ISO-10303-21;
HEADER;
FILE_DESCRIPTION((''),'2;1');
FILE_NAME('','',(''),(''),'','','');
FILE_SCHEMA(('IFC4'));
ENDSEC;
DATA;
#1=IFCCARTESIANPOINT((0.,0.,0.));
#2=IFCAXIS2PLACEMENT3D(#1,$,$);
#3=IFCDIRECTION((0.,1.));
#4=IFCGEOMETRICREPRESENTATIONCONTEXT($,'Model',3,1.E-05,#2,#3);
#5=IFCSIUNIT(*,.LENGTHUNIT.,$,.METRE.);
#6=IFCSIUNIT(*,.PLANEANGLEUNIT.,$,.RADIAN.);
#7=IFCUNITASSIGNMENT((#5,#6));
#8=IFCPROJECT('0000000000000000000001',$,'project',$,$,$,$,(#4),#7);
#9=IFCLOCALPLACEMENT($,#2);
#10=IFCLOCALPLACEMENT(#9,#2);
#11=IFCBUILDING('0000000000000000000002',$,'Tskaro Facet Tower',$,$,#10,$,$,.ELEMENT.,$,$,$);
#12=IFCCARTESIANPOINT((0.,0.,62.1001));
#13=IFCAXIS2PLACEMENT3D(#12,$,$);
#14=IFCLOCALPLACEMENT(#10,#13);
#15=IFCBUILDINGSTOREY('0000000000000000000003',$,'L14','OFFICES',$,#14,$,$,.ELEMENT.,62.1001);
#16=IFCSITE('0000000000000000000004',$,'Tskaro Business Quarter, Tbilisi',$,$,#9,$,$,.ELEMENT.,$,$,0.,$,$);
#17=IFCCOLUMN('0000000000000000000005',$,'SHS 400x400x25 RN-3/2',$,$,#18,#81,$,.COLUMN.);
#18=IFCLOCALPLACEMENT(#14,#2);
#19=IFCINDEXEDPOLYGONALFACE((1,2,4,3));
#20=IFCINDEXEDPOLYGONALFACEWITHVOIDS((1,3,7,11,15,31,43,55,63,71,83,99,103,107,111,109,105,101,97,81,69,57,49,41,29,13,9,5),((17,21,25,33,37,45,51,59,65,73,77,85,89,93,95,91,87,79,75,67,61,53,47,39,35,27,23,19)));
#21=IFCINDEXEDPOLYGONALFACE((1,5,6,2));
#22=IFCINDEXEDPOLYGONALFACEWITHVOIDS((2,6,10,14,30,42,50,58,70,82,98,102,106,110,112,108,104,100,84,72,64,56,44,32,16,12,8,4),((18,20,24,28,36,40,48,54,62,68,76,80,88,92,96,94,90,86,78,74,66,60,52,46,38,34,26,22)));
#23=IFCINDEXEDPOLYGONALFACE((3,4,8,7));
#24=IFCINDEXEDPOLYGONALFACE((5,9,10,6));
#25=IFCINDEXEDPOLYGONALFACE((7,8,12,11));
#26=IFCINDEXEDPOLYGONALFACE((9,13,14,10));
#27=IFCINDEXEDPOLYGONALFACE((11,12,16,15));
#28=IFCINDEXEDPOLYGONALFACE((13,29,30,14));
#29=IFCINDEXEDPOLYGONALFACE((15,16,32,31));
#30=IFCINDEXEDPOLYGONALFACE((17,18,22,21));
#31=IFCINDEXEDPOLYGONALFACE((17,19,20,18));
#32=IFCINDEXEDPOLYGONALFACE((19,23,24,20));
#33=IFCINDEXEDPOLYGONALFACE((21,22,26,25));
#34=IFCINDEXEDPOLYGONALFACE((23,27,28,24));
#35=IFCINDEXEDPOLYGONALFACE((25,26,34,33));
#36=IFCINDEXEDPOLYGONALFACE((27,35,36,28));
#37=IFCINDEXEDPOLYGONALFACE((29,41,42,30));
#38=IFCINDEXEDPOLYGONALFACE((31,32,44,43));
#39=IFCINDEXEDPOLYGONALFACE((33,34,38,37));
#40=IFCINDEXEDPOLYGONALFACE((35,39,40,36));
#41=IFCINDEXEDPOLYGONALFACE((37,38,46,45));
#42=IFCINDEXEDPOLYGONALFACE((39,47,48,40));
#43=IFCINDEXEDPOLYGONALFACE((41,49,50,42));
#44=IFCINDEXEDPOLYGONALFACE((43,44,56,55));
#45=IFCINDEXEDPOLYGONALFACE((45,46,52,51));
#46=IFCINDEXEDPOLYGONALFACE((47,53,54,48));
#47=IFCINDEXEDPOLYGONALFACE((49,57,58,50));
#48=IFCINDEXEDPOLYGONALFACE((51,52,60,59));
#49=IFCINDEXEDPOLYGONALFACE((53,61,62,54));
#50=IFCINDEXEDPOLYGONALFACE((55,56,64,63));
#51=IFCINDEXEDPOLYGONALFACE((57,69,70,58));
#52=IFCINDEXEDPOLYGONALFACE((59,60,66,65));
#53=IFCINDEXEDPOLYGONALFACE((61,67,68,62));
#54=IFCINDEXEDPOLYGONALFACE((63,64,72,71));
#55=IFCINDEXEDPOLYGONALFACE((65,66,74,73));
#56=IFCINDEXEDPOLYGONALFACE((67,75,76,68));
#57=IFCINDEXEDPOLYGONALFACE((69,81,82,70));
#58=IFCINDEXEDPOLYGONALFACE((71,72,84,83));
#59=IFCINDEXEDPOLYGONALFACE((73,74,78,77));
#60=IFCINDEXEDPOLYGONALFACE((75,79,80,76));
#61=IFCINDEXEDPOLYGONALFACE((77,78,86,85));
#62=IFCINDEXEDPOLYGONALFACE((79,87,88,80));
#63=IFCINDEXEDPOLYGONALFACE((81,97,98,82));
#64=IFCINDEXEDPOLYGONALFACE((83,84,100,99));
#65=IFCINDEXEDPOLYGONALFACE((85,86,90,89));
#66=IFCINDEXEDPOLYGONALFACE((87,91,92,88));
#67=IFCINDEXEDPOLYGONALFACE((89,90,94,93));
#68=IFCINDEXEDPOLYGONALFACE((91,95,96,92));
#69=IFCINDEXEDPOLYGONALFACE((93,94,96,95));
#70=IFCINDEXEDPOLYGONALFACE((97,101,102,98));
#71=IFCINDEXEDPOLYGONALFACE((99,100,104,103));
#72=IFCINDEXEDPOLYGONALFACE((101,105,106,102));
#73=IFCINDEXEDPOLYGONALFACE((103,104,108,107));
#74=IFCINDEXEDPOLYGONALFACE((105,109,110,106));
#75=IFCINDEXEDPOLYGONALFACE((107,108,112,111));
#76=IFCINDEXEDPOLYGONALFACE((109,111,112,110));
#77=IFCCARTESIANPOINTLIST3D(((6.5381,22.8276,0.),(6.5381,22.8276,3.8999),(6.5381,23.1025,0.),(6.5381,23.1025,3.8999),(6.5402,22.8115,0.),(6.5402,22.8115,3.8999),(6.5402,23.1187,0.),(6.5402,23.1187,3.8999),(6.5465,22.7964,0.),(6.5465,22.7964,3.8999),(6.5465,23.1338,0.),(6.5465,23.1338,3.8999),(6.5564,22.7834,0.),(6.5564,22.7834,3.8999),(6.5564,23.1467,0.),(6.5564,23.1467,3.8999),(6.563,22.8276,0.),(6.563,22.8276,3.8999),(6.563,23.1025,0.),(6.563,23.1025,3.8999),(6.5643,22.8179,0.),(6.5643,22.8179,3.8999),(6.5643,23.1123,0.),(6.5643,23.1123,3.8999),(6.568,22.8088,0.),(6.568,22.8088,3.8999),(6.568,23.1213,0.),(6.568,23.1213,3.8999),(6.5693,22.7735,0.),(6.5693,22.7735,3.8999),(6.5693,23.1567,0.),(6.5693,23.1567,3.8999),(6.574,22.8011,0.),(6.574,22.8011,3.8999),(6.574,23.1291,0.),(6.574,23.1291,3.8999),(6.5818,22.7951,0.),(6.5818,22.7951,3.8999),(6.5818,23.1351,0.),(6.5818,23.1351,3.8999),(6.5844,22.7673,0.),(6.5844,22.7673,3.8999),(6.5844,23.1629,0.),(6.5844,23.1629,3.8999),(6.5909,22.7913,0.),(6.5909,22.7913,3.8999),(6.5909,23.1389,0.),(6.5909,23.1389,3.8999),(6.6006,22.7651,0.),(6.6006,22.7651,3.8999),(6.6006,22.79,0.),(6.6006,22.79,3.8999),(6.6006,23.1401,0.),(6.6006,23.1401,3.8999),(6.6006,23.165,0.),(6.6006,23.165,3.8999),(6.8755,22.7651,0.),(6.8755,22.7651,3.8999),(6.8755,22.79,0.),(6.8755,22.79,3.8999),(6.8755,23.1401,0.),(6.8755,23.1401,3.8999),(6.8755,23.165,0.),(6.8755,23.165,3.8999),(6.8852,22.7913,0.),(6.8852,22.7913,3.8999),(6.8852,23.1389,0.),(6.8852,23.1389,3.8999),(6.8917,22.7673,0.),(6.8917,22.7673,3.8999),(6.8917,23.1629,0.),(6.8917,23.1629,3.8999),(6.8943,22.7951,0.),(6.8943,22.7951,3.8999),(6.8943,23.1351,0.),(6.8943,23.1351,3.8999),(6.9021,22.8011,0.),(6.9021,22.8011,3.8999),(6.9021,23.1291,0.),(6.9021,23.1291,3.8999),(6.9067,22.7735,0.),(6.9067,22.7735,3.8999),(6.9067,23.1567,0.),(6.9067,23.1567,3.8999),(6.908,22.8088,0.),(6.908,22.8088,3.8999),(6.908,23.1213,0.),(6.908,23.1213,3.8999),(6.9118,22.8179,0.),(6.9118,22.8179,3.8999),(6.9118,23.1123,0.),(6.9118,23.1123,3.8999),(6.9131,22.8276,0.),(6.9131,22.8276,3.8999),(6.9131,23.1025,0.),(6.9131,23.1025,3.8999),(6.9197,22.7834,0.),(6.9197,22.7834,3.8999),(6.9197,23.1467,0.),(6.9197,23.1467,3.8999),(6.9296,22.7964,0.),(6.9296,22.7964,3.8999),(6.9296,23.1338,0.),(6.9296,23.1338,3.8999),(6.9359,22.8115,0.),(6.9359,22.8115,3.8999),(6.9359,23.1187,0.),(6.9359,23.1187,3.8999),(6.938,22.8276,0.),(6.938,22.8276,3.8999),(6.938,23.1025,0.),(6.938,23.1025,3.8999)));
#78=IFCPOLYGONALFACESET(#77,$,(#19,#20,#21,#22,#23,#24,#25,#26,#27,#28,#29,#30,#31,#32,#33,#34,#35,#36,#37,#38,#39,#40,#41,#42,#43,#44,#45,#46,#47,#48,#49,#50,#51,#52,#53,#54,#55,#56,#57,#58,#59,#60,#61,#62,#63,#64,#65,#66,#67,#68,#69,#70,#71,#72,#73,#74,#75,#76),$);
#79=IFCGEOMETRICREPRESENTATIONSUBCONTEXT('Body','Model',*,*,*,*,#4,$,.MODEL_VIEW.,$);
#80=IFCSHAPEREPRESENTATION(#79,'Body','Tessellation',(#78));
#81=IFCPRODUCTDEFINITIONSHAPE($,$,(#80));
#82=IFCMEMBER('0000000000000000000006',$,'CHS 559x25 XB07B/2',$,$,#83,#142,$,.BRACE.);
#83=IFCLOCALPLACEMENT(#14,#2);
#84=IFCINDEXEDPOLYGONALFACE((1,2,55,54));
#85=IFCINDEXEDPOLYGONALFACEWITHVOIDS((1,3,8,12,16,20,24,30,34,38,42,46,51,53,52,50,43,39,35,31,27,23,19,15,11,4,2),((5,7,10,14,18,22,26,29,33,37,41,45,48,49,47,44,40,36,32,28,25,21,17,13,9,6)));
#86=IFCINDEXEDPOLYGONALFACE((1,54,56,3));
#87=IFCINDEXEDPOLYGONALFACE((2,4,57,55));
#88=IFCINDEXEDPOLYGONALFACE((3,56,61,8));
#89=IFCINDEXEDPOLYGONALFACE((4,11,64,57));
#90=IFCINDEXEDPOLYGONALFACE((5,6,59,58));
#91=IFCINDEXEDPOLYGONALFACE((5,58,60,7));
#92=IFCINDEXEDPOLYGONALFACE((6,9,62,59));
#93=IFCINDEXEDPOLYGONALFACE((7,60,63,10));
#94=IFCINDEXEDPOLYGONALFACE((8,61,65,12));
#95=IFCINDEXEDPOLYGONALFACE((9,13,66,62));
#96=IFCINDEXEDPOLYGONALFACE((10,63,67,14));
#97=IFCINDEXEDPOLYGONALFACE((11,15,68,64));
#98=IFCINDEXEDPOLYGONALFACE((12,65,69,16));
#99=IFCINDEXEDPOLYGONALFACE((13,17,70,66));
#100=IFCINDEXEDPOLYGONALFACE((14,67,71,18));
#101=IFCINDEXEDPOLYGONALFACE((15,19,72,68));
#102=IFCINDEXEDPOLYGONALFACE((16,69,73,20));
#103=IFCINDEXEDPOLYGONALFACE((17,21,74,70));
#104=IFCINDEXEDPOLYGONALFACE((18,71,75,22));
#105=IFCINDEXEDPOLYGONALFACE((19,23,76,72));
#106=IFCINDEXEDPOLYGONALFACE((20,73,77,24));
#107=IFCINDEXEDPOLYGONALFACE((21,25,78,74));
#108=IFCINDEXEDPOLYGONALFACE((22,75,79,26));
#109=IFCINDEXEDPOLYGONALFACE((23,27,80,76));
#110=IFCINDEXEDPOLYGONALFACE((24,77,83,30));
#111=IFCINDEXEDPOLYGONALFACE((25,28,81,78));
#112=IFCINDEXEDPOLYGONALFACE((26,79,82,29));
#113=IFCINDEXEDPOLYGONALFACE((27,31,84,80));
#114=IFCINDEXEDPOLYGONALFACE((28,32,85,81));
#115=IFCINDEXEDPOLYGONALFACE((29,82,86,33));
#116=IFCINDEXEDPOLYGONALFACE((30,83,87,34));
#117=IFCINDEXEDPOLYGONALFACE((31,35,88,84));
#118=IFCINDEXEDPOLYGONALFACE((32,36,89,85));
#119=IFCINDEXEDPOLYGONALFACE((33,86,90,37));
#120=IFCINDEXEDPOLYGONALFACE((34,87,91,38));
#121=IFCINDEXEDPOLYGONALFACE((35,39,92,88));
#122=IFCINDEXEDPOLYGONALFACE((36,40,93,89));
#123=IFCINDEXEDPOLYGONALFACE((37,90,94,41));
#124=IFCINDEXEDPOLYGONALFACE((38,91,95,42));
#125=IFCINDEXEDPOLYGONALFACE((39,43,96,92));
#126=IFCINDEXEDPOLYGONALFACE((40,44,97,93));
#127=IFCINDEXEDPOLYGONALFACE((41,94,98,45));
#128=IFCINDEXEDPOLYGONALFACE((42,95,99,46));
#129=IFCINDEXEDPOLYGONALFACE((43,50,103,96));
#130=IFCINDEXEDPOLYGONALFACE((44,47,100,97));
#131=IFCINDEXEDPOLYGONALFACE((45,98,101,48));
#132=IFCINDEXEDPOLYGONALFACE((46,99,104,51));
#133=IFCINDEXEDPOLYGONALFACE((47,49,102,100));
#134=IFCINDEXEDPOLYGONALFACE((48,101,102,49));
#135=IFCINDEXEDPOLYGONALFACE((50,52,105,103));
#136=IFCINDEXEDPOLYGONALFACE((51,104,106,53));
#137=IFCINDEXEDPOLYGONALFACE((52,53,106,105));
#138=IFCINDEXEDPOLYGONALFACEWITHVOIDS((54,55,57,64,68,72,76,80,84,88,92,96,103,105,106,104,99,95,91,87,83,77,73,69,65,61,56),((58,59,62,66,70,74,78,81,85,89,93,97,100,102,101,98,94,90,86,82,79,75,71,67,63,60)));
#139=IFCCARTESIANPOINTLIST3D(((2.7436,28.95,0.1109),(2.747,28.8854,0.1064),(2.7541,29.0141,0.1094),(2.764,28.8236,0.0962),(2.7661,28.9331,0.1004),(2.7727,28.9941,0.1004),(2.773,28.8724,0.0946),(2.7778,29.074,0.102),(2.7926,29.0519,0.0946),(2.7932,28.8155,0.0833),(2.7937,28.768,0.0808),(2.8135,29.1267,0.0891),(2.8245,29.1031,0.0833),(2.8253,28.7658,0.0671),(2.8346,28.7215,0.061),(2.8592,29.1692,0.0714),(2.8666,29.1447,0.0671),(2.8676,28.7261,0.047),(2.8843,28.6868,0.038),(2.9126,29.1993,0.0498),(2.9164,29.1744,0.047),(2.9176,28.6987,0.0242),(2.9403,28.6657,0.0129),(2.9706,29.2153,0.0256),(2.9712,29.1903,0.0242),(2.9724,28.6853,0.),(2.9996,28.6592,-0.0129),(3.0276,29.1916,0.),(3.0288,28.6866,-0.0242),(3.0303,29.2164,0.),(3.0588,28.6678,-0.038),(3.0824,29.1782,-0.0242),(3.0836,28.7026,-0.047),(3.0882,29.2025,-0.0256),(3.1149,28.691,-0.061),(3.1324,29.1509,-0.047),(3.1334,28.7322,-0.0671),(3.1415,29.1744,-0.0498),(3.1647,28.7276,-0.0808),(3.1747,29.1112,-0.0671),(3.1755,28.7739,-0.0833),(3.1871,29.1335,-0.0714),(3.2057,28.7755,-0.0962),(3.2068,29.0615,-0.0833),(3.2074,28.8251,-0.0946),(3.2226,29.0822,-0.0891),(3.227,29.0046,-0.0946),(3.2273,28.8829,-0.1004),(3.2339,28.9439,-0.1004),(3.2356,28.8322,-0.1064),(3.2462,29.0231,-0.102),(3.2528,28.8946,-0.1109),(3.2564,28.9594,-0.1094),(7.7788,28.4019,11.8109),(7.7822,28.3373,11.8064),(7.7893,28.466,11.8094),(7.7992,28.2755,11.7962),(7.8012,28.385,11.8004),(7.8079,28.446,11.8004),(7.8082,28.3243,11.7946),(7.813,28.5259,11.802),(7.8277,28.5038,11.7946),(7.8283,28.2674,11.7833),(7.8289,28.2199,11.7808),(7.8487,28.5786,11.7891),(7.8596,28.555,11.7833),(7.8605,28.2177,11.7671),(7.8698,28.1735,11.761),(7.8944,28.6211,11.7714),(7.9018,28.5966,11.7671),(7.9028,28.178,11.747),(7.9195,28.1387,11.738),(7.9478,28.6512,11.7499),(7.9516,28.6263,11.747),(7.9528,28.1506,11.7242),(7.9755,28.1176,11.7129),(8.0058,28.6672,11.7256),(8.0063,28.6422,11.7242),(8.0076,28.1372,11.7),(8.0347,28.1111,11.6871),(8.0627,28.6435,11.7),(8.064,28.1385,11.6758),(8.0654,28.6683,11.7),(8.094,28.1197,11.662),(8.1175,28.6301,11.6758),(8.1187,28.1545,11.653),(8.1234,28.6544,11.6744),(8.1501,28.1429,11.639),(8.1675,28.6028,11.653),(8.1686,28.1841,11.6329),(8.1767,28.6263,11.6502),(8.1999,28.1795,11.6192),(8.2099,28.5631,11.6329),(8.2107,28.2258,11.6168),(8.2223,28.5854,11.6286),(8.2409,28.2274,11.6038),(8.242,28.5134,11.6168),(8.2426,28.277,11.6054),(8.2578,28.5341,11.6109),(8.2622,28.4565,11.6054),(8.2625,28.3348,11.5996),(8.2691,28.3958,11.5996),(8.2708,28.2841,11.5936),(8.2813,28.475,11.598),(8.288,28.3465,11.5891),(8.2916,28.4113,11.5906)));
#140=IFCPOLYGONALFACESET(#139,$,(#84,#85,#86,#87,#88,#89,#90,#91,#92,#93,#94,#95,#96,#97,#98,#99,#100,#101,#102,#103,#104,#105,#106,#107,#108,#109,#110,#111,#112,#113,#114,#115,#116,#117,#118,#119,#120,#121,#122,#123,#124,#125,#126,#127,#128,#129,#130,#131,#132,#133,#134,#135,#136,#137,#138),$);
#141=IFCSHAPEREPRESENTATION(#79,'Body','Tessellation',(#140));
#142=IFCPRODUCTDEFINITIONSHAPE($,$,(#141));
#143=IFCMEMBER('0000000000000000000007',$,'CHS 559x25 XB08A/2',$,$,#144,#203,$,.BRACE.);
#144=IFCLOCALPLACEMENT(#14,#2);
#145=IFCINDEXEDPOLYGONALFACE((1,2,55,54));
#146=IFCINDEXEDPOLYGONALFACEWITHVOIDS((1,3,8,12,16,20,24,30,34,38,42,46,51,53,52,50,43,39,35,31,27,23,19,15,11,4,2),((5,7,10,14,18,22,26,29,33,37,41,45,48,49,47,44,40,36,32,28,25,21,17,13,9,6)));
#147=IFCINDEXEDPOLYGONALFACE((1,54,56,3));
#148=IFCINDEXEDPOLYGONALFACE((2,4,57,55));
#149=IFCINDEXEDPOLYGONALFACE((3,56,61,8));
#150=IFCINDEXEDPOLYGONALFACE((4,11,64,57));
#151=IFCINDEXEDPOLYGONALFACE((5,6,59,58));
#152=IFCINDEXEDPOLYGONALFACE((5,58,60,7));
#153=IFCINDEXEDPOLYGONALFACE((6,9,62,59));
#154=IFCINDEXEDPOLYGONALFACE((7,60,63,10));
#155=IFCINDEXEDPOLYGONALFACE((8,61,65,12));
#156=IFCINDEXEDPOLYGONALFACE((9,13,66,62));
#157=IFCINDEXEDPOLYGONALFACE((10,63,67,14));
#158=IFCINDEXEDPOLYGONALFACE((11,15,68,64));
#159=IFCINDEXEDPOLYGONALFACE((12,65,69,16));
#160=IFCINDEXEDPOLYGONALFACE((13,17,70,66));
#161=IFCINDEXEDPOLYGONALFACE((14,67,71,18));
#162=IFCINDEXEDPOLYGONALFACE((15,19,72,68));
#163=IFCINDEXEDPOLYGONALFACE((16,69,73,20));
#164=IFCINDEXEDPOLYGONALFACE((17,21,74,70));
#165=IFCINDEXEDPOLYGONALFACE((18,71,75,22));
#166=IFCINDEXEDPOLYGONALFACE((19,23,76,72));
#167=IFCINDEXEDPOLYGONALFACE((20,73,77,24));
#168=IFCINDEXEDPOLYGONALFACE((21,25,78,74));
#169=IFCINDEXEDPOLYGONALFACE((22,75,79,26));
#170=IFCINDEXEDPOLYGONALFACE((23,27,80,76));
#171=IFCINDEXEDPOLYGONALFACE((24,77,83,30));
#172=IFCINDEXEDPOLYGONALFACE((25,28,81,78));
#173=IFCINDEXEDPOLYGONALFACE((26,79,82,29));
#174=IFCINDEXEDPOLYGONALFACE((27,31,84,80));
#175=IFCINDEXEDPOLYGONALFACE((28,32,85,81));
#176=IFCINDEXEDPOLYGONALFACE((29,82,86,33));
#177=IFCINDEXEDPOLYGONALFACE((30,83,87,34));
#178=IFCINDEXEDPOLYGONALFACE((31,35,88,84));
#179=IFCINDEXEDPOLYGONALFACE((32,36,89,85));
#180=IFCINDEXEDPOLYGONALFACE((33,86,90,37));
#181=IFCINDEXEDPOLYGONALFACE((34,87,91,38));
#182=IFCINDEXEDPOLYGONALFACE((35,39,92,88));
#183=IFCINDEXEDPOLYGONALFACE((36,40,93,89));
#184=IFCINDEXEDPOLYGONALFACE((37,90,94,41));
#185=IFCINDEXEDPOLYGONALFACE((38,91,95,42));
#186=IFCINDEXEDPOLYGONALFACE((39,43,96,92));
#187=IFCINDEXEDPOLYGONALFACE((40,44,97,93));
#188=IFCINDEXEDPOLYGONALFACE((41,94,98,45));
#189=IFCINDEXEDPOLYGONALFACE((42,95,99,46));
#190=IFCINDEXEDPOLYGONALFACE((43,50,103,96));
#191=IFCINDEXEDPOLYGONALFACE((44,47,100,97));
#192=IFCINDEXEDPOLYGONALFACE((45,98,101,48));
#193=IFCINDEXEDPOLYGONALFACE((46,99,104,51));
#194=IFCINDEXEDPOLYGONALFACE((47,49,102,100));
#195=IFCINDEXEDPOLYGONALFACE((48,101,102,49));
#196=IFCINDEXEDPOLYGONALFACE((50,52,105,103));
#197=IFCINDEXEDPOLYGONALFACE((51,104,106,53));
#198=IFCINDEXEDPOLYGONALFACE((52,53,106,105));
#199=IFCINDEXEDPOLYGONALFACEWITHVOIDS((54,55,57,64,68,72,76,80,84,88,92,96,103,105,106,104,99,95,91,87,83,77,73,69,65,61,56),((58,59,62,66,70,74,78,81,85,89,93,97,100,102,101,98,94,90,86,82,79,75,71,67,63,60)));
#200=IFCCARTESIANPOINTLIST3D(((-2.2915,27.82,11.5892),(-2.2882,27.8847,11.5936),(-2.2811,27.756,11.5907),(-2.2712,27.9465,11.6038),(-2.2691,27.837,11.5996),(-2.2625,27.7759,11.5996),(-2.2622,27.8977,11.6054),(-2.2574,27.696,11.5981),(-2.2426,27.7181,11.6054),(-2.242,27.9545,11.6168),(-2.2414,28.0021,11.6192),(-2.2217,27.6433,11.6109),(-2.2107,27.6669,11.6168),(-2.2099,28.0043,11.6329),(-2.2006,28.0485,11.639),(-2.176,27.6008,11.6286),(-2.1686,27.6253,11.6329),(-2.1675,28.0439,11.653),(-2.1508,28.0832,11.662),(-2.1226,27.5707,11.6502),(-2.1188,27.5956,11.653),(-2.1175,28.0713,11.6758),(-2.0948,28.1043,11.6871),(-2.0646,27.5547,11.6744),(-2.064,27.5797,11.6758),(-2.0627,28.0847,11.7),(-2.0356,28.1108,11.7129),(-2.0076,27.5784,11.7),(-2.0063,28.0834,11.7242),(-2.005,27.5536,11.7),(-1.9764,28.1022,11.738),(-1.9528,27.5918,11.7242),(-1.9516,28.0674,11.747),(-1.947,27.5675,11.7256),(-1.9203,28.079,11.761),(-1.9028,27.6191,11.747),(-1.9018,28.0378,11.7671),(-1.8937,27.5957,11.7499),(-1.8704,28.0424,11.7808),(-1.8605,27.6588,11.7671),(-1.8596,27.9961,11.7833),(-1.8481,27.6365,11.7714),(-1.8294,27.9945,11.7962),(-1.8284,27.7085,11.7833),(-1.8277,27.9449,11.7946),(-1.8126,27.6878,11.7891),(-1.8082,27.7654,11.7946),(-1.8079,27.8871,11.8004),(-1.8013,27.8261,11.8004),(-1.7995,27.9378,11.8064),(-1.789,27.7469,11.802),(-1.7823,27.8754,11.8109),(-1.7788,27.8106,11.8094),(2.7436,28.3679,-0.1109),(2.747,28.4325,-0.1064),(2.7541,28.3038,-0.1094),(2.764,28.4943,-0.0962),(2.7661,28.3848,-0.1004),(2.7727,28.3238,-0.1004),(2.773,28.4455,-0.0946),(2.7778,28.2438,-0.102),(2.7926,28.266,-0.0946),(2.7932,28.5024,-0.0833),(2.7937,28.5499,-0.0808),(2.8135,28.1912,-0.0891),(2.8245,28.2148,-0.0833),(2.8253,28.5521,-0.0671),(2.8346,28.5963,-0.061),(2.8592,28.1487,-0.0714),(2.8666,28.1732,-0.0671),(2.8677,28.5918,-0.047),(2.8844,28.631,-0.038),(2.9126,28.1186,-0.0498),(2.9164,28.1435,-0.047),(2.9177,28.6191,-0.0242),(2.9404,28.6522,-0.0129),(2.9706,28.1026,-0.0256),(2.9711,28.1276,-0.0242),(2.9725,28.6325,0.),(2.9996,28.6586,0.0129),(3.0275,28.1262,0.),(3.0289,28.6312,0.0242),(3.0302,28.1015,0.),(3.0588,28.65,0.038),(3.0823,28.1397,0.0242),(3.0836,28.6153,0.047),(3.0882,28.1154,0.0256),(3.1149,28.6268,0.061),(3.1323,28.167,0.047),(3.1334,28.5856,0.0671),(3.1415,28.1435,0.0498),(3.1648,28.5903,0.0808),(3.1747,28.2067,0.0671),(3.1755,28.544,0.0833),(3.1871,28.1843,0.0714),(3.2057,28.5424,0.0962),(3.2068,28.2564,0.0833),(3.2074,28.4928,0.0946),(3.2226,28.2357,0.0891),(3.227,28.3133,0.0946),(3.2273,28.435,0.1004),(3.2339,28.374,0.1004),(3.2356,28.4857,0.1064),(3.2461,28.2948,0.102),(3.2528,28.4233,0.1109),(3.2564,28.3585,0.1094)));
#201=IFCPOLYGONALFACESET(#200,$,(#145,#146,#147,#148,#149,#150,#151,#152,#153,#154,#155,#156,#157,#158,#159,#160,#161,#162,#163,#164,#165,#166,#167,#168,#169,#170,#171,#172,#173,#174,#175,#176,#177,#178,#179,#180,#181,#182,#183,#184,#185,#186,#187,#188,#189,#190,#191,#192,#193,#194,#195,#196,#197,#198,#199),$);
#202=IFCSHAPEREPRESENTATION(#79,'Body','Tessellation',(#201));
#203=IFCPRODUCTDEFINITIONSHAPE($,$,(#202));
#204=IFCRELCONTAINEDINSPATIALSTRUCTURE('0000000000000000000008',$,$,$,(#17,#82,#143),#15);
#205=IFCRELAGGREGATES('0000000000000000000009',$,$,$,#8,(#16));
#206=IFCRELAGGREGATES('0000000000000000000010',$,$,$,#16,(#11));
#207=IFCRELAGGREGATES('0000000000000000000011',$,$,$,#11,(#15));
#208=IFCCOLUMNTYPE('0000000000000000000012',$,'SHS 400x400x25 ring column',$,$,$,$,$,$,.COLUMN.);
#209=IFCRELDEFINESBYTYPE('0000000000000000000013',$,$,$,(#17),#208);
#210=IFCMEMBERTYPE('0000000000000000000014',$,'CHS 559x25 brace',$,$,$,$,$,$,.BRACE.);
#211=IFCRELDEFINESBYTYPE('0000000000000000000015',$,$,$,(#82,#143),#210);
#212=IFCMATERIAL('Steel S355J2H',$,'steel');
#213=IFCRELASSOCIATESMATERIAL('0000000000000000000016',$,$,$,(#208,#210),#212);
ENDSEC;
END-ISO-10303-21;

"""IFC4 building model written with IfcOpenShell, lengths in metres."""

from ifc_helpers import new_model, si_unit, direction, frame, origin, origin_2d, place, context, subcontext, project, spatial, hollow_rectangle, hollow_circle, extrude, material, material_profile, profile_set, type_object, element, save


model = new_model("IFC4")

# Units and contexts
model_context = context("Model", 3, precision=1e-05, world=origin(), true_north=direction((0.0, 1.0)))
body_context = subcontext(model_context, "Body", "Model", "MODEL_VIEW")
ifc_project = project(units=[si_unit("LENGTHUNIT", "METRE"), si_unit("PLANEANGLEUNIT", "RADIAN")], contexts=[model_context])

# Site, building, storey
site_placement = place(None, origin())
site = spatial("IfcSite", under=ifc_project, at=site_placement, Name="Tskaro Business Quarter, Tbilisi", CompositionType="ELEMENT", RefElevation=0.0)
building_placement = place(site_placement, origin())
building = spatial("IfcBuilding", under=site, at=building_placement, Name="Tskaro Facet Tower", CompositionType="ELEMENT")
storey_placement = place(building_placement, frame((0.0, 0.0, 62.1001)))
storey = spatial("IfcBuildingStorey", under=building, at=storey_placement, Name="L14", Description="OFFICES", CompositionType="ELEMENT", Elevation=62.1001)

# Column
ifc_material_1 = material(Name="Steel S355J2H", Category="steel")
ifc_material_profile_1 = material_profile(ifc_material_1, hollow_rectangle(XDim=0.3999, YDim=0.3999, WallThickness=0.0249, InnerFilletRadius=0.0376, OuterFilletRadius=0.0625, at=origin_2d()), Name="SHS 400x400x25")
ifc_profile_set_1 = profile_set([ifc_material_profile_1], Name="Steel S355J2H")
column_type_1 = type_object("IfcColumnType", Name="SHS 400x400x25 ring column", PredefinedType="COLUMN", material=ifc_profile_set_1)
for number, where, z_axis, x_axis, name in (
    (1, (6.738, 22.9651, 0.0), (0.0, 0.0, 1.0), (1.0, 0.0, 0.0), "SHS 400x400x25 RN-3/2"),
):
    element("IfcColumn", number, at=place(storey_placement, frame(where, z_axis=z_axis, x_axis=x_axis)), inside=storey, type_object=column_type_1, Name=name, PredefinedType="COLUMN", context=body_context, shape_type="SweptSolid", body=[
        extrude(hollow_rectangle(XDim=0.3999, YDim=0.3999, WallThickness=0.0249, InnerFilletRadius=0.0376, OuterFilletRadius=0.0625, at=origin_2d()), origin(), (0.0, 0.0, 1.0), 3.8999),
    ])

# Members
ifc_material_profile_2 = material_profile(ifc_material_1, hollow_circle(Radius=0.2795, WallThickness=0.0249, at=origin_2d()), Name="CHS 559x25")
ifc_profile_set_2 = profile_set([ifc_material_profile_2], Name="Steel S355J2H")
member_type_1 = type_object("IfcMemberType", Name="CHS 559x25 brace", PredefinedType="BRACE", material=ifc_profile_set_2)
for number, where, z_axis, x_axis, name in (
    (2, (3.0, 28.9385, 0.0), (0.394939, -0.042991, 0.917701), (0.108215, 0.994128, 0.0), "CHS 559x25 XB07B/2"),
    (3, (3.0, 28.3794, 0.0), (-0.394939, -0.042971, 0.917702), (0.108167, -0.994133, 0.0), "CHS 559x25 XB08A/2"),
):
    element("IfcMember", number, at=place(storey_placement, frame(where, z_axis=z_axis, x_axis=x_axis)), inside=storey, type_object=member_type_1, Name=name, PredefinedType="BRACE", context=body_context, shape_type="SweptSolid", body=[
        extrude(hollow_circle(Radius=0.2795, WallThickness=0.0249, at=origin_2d()), origin(), (0.0, 0.0, 1.0), 12.7493),
    ])

save(model, "model.ifc")
